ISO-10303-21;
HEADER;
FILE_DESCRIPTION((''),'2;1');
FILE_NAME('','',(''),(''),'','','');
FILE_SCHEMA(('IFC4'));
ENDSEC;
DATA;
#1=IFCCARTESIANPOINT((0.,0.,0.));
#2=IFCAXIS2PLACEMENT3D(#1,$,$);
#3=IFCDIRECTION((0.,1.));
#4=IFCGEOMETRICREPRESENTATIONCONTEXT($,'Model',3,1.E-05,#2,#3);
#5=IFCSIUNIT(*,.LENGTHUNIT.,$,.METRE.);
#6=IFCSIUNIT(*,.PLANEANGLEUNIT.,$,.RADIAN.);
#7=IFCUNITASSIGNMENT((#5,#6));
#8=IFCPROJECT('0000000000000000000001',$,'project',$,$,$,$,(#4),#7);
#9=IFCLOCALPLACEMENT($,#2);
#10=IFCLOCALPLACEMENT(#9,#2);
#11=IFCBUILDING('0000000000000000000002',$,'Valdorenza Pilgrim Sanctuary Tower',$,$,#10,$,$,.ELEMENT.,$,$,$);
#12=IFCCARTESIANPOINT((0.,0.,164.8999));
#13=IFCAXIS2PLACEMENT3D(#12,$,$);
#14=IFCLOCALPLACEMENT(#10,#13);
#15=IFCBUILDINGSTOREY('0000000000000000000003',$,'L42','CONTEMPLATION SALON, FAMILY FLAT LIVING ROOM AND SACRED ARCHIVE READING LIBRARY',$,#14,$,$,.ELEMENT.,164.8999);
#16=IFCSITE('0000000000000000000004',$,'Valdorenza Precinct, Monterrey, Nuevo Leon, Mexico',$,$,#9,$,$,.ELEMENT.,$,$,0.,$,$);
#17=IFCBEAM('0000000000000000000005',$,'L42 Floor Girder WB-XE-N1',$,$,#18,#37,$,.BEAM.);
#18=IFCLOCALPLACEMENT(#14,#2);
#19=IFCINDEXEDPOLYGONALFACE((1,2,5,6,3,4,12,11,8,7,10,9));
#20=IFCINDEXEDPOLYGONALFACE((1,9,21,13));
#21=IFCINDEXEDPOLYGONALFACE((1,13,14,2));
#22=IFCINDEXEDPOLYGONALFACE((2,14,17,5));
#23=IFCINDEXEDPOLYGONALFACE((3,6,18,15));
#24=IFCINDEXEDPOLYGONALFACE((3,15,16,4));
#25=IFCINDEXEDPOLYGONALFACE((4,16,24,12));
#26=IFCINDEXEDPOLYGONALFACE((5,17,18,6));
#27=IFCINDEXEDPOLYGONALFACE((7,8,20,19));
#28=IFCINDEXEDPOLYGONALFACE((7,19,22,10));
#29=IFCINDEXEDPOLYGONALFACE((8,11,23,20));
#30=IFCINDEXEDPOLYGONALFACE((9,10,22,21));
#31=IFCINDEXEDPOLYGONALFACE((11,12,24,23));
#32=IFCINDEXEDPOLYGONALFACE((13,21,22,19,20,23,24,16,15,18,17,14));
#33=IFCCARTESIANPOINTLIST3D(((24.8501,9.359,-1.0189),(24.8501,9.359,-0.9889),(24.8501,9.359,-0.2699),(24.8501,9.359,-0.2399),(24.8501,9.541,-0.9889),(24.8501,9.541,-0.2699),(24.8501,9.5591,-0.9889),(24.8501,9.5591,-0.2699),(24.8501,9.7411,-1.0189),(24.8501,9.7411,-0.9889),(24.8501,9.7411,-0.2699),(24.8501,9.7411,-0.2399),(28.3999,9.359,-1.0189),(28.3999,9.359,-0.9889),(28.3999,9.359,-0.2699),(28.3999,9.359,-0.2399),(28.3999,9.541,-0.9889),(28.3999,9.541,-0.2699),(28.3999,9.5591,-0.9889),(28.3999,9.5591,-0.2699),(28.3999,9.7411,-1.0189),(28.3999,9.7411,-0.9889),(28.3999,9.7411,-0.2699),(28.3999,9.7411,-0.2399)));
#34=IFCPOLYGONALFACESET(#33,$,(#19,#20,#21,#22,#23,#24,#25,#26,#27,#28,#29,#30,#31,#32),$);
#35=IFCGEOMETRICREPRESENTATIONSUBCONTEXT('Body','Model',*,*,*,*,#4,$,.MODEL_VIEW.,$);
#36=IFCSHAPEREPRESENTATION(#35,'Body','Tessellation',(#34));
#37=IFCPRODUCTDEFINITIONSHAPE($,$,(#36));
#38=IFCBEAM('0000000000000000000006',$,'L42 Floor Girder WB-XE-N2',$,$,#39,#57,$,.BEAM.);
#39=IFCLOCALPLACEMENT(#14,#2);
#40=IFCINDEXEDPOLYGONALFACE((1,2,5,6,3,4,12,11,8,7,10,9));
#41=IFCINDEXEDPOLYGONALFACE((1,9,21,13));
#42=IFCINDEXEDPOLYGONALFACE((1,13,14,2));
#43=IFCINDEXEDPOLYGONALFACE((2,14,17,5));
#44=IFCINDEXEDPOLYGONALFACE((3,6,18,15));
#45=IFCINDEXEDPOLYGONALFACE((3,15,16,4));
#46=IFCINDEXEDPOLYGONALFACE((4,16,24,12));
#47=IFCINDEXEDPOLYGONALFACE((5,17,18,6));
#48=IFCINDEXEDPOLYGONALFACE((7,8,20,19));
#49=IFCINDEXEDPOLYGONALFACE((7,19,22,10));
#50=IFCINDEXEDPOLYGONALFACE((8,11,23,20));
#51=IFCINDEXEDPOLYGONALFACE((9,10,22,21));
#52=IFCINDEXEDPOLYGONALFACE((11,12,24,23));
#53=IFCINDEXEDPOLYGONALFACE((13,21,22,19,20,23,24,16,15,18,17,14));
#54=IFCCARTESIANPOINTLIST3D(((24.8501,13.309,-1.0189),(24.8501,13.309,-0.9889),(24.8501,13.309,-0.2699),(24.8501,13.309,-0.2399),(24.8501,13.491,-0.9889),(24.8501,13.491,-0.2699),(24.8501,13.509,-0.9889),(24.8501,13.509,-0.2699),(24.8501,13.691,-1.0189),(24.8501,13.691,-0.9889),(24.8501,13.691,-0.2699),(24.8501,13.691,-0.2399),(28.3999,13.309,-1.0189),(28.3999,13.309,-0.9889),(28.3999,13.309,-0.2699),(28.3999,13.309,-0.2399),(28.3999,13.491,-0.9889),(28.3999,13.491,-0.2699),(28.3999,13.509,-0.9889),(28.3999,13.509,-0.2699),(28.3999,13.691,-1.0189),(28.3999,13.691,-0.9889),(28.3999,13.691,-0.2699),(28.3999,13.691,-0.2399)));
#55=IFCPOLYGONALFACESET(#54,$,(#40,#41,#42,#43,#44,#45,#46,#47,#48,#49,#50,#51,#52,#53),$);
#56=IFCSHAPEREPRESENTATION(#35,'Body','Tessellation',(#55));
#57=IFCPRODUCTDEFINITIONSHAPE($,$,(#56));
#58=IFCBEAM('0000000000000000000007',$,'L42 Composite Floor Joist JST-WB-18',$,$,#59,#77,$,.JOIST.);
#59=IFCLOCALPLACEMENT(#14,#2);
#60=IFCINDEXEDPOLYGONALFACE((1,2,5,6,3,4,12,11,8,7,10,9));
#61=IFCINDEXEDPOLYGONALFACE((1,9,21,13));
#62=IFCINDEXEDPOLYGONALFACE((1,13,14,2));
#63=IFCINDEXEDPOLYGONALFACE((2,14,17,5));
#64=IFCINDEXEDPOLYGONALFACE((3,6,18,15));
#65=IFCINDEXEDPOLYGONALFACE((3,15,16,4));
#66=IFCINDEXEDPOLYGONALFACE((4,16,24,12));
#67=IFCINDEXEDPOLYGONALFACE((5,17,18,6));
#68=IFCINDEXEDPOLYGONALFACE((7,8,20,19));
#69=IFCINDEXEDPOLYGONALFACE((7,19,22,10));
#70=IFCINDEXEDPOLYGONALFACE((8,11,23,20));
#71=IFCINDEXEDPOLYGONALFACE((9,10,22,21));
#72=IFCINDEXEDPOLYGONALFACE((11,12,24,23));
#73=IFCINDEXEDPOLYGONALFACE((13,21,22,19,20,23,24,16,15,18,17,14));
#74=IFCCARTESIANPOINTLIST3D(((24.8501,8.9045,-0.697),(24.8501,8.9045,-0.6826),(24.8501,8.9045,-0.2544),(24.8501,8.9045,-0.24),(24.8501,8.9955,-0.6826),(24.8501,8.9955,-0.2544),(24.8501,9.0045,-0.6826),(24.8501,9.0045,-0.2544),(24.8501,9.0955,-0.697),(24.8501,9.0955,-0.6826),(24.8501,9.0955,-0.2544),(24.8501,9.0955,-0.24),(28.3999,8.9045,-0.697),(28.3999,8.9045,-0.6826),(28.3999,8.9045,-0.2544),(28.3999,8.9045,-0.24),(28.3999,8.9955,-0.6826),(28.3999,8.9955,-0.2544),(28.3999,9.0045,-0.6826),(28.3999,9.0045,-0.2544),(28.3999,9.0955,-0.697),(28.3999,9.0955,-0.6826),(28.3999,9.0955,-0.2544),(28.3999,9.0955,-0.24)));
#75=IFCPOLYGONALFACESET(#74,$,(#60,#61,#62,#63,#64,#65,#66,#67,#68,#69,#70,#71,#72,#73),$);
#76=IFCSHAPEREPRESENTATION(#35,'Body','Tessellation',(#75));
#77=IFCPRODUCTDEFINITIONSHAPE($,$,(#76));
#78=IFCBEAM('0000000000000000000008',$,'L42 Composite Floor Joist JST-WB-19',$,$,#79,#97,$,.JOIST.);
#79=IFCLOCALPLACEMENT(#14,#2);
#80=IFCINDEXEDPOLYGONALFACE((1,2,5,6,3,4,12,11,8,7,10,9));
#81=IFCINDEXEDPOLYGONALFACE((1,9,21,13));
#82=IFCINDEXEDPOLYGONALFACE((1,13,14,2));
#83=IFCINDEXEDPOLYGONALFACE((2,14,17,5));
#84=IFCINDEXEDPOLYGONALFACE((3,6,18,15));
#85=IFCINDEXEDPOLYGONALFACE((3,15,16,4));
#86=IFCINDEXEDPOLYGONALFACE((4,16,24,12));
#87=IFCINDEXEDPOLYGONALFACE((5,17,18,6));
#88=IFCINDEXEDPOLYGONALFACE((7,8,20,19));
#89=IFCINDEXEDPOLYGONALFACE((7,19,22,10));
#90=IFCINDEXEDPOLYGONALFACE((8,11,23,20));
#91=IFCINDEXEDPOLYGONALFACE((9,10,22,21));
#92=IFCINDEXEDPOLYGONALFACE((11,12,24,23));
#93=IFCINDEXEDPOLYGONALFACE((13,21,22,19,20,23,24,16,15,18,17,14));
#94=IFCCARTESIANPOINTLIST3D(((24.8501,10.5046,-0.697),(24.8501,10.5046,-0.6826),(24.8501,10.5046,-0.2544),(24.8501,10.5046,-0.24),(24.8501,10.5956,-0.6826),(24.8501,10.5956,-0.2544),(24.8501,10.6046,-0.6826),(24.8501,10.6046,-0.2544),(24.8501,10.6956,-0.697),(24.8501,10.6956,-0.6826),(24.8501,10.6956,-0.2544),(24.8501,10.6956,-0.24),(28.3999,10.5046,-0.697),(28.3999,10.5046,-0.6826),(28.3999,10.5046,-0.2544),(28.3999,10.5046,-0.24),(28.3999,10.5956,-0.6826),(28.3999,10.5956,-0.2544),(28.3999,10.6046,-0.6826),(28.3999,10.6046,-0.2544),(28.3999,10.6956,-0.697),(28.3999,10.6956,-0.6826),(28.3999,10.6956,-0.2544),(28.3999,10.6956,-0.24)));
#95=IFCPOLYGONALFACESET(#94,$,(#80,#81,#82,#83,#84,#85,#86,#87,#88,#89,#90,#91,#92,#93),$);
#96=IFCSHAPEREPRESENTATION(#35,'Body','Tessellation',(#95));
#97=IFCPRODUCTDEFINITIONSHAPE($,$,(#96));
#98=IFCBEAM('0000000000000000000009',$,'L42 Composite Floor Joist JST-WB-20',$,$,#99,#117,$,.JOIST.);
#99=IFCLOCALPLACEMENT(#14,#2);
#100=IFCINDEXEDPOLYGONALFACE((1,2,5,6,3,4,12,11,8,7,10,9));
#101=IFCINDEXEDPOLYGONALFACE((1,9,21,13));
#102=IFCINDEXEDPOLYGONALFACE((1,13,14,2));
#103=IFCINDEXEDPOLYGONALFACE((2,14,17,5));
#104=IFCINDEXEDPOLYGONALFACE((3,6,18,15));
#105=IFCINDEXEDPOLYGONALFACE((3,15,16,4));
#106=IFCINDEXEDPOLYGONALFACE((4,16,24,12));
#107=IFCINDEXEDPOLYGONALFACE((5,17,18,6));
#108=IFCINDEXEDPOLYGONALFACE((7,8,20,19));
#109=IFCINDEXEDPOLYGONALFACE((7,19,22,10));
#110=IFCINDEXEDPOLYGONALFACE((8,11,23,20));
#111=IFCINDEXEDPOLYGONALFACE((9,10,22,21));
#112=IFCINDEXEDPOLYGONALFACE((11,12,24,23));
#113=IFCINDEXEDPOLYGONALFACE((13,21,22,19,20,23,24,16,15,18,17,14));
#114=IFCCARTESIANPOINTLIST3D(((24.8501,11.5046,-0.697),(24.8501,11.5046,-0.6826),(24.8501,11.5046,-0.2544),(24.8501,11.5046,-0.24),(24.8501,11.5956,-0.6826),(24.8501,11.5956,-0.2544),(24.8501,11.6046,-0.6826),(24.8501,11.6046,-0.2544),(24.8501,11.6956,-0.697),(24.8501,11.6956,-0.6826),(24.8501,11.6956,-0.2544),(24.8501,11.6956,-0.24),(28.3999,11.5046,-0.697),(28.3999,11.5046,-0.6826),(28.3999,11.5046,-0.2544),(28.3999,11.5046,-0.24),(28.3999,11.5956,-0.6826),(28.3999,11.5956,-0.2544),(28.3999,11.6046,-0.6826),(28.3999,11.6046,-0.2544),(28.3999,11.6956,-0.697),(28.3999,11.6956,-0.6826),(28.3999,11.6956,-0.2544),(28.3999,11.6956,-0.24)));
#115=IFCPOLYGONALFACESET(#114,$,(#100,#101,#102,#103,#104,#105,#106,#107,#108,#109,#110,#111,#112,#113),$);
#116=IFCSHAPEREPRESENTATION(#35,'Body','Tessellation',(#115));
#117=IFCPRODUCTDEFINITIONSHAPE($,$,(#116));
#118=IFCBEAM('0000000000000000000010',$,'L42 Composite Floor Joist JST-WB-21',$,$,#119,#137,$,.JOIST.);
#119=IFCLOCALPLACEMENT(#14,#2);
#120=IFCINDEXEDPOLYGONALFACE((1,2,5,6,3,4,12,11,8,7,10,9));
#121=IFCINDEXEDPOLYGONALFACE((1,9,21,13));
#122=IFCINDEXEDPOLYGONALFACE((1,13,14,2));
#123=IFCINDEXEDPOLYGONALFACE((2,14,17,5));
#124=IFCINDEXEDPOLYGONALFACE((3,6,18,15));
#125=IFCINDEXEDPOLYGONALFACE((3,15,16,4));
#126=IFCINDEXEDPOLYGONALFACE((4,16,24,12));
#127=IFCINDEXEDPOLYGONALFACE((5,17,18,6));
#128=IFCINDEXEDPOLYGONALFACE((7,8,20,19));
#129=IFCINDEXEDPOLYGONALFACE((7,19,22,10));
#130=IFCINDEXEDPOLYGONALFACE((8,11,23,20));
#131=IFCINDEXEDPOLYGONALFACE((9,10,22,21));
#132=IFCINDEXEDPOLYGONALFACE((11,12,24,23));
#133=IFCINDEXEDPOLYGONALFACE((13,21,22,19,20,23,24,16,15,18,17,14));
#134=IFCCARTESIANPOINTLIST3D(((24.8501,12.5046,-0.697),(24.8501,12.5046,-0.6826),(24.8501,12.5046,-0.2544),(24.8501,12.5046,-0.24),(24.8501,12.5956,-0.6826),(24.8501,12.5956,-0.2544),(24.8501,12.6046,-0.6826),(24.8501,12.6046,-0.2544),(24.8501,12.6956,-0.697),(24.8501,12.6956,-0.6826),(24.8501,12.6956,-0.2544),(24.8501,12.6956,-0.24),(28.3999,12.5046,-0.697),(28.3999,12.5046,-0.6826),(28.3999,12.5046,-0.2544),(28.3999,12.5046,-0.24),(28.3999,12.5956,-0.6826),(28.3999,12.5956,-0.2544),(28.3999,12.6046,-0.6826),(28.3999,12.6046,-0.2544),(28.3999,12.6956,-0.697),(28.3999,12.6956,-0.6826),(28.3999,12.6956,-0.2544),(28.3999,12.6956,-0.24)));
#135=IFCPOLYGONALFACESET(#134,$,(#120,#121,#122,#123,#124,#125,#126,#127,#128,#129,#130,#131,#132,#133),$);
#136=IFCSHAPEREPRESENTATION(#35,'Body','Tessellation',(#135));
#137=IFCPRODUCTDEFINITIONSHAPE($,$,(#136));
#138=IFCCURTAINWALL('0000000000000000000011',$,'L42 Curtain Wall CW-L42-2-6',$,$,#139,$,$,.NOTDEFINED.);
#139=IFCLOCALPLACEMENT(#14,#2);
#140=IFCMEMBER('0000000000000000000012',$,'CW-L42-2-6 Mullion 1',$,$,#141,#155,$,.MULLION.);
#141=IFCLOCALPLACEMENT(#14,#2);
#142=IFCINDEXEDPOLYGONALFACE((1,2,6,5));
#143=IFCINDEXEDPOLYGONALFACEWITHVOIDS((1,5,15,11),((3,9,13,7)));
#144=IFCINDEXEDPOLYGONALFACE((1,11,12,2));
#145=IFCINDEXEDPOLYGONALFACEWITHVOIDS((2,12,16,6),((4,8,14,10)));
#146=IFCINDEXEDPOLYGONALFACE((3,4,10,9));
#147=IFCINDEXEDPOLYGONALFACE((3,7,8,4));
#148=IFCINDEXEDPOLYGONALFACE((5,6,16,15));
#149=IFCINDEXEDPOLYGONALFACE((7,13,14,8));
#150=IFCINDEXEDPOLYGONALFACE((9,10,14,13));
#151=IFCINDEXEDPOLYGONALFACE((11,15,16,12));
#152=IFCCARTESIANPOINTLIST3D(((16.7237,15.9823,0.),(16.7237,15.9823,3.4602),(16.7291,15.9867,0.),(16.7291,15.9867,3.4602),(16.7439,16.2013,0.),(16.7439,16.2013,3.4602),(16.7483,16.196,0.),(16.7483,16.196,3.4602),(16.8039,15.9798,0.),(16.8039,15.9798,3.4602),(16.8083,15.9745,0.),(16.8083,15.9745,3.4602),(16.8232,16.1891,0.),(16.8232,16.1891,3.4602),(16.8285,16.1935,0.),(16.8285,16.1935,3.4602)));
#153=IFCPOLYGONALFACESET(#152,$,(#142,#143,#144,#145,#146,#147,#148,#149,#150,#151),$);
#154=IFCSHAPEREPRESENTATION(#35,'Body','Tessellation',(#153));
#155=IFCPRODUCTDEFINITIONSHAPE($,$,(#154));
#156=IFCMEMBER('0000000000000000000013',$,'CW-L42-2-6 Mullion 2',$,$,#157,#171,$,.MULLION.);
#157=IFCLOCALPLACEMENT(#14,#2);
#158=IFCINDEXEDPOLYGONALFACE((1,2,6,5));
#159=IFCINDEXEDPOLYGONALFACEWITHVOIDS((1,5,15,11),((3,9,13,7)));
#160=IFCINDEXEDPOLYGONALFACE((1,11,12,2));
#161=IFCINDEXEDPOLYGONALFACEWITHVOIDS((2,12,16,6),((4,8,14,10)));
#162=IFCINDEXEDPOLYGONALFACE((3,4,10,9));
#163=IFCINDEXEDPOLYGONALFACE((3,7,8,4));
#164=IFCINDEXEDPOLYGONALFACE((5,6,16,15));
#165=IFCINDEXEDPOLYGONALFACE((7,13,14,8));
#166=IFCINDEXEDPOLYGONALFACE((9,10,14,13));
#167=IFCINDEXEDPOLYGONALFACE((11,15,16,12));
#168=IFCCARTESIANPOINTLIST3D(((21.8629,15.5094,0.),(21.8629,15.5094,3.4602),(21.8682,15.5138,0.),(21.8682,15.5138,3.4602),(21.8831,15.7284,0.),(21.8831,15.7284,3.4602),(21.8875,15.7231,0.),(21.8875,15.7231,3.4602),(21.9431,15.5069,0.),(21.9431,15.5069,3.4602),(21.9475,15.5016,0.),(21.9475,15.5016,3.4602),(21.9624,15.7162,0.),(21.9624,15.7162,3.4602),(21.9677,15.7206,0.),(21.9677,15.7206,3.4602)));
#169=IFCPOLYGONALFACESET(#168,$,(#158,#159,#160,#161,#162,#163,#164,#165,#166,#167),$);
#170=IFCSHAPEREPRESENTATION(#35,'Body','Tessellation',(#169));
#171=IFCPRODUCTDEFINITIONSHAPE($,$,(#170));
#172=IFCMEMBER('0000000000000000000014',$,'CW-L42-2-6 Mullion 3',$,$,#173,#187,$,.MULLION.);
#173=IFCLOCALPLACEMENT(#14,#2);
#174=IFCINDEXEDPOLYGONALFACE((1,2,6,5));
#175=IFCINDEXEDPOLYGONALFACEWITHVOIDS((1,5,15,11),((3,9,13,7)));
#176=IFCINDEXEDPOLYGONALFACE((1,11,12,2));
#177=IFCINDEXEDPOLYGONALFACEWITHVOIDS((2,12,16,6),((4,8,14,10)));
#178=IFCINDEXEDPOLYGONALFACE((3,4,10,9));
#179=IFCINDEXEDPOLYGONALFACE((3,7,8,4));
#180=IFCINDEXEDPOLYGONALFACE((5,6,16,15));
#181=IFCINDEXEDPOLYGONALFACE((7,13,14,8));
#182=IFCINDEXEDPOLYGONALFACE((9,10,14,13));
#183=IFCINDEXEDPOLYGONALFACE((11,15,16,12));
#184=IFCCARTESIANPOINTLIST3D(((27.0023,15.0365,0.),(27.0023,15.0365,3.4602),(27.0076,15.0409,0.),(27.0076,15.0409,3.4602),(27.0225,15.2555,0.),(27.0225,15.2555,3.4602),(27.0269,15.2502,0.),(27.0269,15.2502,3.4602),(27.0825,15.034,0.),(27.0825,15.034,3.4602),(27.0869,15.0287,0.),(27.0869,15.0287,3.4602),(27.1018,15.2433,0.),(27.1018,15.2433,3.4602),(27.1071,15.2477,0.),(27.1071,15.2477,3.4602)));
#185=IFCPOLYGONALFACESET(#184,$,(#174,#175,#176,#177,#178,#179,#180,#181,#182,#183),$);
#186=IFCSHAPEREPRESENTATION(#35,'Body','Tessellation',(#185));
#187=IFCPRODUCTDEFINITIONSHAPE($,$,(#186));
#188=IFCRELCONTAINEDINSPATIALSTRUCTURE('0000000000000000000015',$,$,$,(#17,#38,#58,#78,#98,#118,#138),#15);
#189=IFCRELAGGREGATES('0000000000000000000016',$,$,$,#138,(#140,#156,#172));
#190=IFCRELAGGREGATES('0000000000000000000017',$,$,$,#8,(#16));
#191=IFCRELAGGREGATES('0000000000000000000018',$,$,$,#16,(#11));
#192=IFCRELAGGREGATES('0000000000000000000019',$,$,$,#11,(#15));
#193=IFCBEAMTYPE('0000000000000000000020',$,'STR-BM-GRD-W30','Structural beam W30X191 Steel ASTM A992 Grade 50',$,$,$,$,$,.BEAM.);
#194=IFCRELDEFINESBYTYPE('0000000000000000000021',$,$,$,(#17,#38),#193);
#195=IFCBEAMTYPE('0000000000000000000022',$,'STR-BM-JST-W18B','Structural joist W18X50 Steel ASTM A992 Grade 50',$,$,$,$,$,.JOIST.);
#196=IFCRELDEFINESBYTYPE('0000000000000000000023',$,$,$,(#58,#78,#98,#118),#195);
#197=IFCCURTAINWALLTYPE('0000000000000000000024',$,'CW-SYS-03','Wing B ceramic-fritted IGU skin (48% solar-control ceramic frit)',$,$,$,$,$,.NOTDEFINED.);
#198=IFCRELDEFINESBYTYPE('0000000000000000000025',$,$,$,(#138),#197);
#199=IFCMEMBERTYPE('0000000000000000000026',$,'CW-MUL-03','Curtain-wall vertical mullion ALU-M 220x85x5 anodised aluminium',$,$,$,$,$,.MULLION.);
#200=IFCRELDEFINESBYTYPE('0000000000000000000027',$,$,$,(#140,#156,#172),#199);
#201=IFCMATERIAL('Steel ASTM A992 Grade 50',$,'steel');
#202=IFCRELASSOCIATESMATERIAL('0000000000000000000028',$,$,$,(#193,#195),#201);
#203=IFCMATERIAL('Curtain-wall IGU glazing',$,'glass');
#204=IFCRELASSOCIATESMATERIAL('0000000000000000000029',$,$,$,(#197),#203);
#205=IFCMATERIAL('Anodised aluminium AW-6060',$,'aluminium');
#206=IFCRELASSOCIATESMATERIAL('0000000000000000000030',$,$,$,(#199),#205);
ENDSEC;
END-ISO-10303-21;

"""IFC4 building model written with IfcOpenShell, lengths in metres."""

from ifc_helpers import new_model, si_unit, direction, frame, origin, origin_2d, place, context, subcontext, project, spatial, hollow_rectangle, i_section, extrude, source, transform, mapped, material, material_profile, profile_set, type_object, element, aggregate, save


model = new_model("IFC4")

# Units and contexts
model_context = context("Model", 3, precision=1e-05, world=origin(), true_north=direction((0.0, 1.0)))
body_context = subcontext(model_context, "Body", "Model", "MODEL_VIEW")
ifc_project = project(units=[si_unit("LENGTHUNIT", "METRE"), si_unit("PLANEANGLEUNIT", "RADIAN")], contexts=[model_context])

# Site, building, storey
site_placement = place(None, origin())
site = spatial("IfcSite", under=ifc_project, at=site_placement, Name="Valdorenza Precinct, Monterrey, Nuevo Leon, Mexico", CompositionType="ELEMENT", RefElevation=0.0)
building_placement = place(site_placement, origin())
building = spatial("IfcBuilding", under=site, at=building_placement, Name="Valdorenza Pilgrim Sanctuary Tower", CompositionType="ELEMENT")
storey_placement = place(building_placement, frame((0.0, 0.0, 164.8999)))
storey = spatial("IfcBuildingStorey", under=building, at=storey_placement, Name="L42", Description="CONTEMPLATION SALON, FAMILY FLAT LIVING ROOM AND SACRED ARCHIVE READING LIBRARY", CompositionType="ELEMENT", Elevation=164.8999)

# Shared definitions
ifc_material_1 = material(Name="Steel ASTM A992 Grade 50", Category="steel")

# Beams
ifc_material_profile_1 = material_profile(ifc_material_1, i_section(OverallWidth=0.3821, OverallDepth=0.7791, WebThickness=0.0181, FlangeThickness=0.03, at=origin_2d()), Name="W30X191")
ifc_profile_set_1 = profile_set([ifc_material_profile_1], Name="Steel ASTM A992 Grade 50")
beam_type_1 = type_object("IfcBeamType", Name="STR-BM-GRD-W30", Description="Structural beam W30X191 Steel ASTM A992 Grade 50", PredefinedType="BEAM", material=ifc_profile_set_1)
shared_shape_1 = source(origin(), body_context, "Body", "SweptSolid", [
    extrude(i_section(OverallWidth=0.3821, OverallDepth=0.7791, WebThickness=0.0181, FlangeThickness=0.03, at=origin_2d()), origin(), (0.0, 0.0, 1.0), 3.5498),
])
for number, where, z_axis, x_axis, name in (
    (1, (24.8501, 9.55, -0.6294), (1.0, 0.0, 0.0), (0.0, 1.0, 0.0), "L42 Floor Girder WB-XE-N1"),
    (2, (24.8501, 13.5, -0.6294), (1.0, 0.0, 0.0), (0.0, 1.0, 0.0), "L42 Floor Girder WB-XE-N2"),
):
    element("IfcBeam", number, at=place(storey_placement, frame(where, z_axis=z_axis, x_axis=x_axis)), inside=storey, type_object=beam_type_1, Name=name, PredefinedType="BEAM", context=body_context, shape_type="MappedRepresentation", body=[
        mapped(shared_shape_1, transform((0.0, 0.0, 0.0), x_axis=(1.0, 0.0, 0.0), y_axis=(0.0, 1.0, 0.0), z_axis=(0.0, 0.0, 1.0), scale=1.0)),
    ])
ifc_material_profile_2 = material_profile(ifc_material_1, i_section(OverallWidth=0.1909, OverallDepth=0.457, WebThickness=0.009, FlangeThickness=0.0144, at=origin_2d()), Name="W18X50")
ifc_profile_set_2 = profile_set([ifc_material_profile_2], Name="Steel ASTM A992 Grade 50")
beam_type_2 = type_object("IfcBeamType", Name="STR-BM-JST-W18B", Description="Structural joist W18X50 Steel ASTM A992 Grade 50", PredefinedType="JOIST", material=ifc_profile_set_2)
shared_shape_2 = source(origin(), body_context, "Body", "SweptSolid", [
    extrude(i_section(OverallWidth=0.1909, OverallDepth=0.457, WebThickness=0.009, FlangeThickness=0.0144, at=origin_2d()), origin(), (0.0, 0.0, 1.0), 3.5498),
])
for number, where, z_axis, x_axis, name in (
    (3, (24.8501, 9.0, -0.4685), (1.0, 0.0, 0.0), (0.0, 1.0, 0.0), "L42 Composite Floor Joist JST-WB-18"),
    (4, (24.8501, 10.6001, -0.4685), (1.0, 0.0, 0.0), (0.0, 1.0, 0.0), "L42 Composite Floor Joist JST-WB-19"),
    (5, (24.8501, 11.6001, -0.4685), (1.0, 0.0, 0.0), (0.0, 1.0, 0.0), "L42 Composite Floor Joist JST-WB-20"),
    (6, (24.8501, 12.6001, -0.4685), (1.0, 0.0, 0.0), (0.0, 1.0, 0.0), "L42 Composite Floor Joist JST-WB-21"),
):
    element("IfcBeam", number, at=place(storey_placement, frame(where, z_axis=z_axis, x_axis=x_axis)), inside=storey, type_object=beam_type_2, Name=name, PredefinedType="JOIST", context=body_context, shape_type="MappedRepresentation", body=[
        mapped(shared_shape_2, transform((0.0, 0.0, 0.0), x_axis=(1.0, 0.0, 0.0), y_axis=(0.0, 1.0, 0.0), z_axis=(0.0, 0.0, 1.0), scale=1.0)),
    ])

# Curtain wall, members
ifc_material_2 = material(Name="Curtain-wall IGU glazing", Category="glass")
curtain_wall_type = type_object("IfcCurtainWallType", Name="CW-SYS-03", Description="Wing B ceramic-fritted IGU skin (48% solar-control ceramic frit)", PredefinedType="NOTDEFINED", material=ifc_material_2)
curtain_wall_1_placement = place(storey_placement, origin())
curtain_wall_1 = element("IfcCurtainWall", 7, at=curtain_wall_1_placement, inside=storey, type_object=curtain_wall_type, Name="L42 Curtain Wall CW-L42-2-6", PredefinedType="NOTDEFINED")
ifc_material_3 = material(Name="Anodised aluminium AW-6060", Category="aluminium")
ifc_material_profile_3 = material_profile(ifc_material_3, hollow_rectangle(XDim=0.085, YDim=0.22, WallThickness=0.0049, at=origin_2d()), Name="ALU-M 220x85x5")
ifc_profile_set_3 = profile_set([ifc_material_profile_3], Name="Anodised aluminium AW-6060")
member_type_1 = type_object("IfcMemberType", Name="CW-MUL-03", Description="Curtain-wall vertical mullion ALU-M 220x85x5 anodised aluminium", PredefinedType="MULLION", material=ifc_profile_set_3)
shared_shape_3 = source(origin(), body_context, "Body", "SweptSolid", [
    extrude(hollow_rectangle(XDim=0.085, YDim=0.22, WallThickness=0.0049, at=origin_2d()), origin(), (0.0, 0.0, 1.0), 3.4602),
])
member_1_placement = place(storey_placement, frame((16.7761, 16.0879, 0.0), z_axis=(0.0, 0.0, 1.0), x_axis=(0.995794, -0.091623, 0.0)))
member_1 = element("IfcMember", 8, at=member_1_placement, type_object=member_type_1, Name="CW-L42-2-6 Mullion 1", PredefinedType="MULLION", context=body_context, shape_type="MappedRepresentation", body=[
    mapped(shared_shape_3, transform((0.0, 0.0, 0.0), x_axis=(1.0, 0.0, 0.0), y_axis=(0.0, 1.0, 0.0), z_axis=(0.0, 0.0, 1.0), scale=1.0)),
])
member_2_placement = place(storey_placement, frame((21.9153, 15.615, 0.0), z_axis=(0.0, 0.0, 1.0), x_axis=(0.995794, -0.091623, 0.0)))
member_2 = element("IfcMember", 9, at=member_2_placement, type_object=member_type_1, Name="CW-L42-2-6 Mullion 2", PredefinedType="MULLION", context=body_context, shape_type="MappedRepresentation", body=[
    mapped(shared_shape_3, transform((0.0, 0.0, 0.0), x_axis=(1.0, 0.0, 0.0), y_axis=(0.0, 1.0, 0.0), z_axis=(0.0, 0.0, 1.0), scale=1.0)),
])
member_3_placement = place(storey_placement, frame((27.0547, 15.1421, 0.0), z_axis=(0.0, 0.0, 1.0), x_axis=(0.995794, -0.091623, 0.0)))
member_3 = element("IfcMember", 10, at=member_3_placement, type_object=member_type_1, Name="CW-L42-2-6 Mullion 3", PredefinedType="MULLION", context=body_context, shape_type="MappedRepresentation", body=[
    mapped(shared_shape_3, transform((0.0, 0.0, 0.0), x_axis=(1.0, 0.0, 0.0), y_axis=(0.0, 1.0, 0.0), z_axis=(0.0, 0.0, 1.0), scale=1.0)),
])

aggregate(curtain_wall_1, [member_1, member_2, member_3])

save(model, "model.ifc")
